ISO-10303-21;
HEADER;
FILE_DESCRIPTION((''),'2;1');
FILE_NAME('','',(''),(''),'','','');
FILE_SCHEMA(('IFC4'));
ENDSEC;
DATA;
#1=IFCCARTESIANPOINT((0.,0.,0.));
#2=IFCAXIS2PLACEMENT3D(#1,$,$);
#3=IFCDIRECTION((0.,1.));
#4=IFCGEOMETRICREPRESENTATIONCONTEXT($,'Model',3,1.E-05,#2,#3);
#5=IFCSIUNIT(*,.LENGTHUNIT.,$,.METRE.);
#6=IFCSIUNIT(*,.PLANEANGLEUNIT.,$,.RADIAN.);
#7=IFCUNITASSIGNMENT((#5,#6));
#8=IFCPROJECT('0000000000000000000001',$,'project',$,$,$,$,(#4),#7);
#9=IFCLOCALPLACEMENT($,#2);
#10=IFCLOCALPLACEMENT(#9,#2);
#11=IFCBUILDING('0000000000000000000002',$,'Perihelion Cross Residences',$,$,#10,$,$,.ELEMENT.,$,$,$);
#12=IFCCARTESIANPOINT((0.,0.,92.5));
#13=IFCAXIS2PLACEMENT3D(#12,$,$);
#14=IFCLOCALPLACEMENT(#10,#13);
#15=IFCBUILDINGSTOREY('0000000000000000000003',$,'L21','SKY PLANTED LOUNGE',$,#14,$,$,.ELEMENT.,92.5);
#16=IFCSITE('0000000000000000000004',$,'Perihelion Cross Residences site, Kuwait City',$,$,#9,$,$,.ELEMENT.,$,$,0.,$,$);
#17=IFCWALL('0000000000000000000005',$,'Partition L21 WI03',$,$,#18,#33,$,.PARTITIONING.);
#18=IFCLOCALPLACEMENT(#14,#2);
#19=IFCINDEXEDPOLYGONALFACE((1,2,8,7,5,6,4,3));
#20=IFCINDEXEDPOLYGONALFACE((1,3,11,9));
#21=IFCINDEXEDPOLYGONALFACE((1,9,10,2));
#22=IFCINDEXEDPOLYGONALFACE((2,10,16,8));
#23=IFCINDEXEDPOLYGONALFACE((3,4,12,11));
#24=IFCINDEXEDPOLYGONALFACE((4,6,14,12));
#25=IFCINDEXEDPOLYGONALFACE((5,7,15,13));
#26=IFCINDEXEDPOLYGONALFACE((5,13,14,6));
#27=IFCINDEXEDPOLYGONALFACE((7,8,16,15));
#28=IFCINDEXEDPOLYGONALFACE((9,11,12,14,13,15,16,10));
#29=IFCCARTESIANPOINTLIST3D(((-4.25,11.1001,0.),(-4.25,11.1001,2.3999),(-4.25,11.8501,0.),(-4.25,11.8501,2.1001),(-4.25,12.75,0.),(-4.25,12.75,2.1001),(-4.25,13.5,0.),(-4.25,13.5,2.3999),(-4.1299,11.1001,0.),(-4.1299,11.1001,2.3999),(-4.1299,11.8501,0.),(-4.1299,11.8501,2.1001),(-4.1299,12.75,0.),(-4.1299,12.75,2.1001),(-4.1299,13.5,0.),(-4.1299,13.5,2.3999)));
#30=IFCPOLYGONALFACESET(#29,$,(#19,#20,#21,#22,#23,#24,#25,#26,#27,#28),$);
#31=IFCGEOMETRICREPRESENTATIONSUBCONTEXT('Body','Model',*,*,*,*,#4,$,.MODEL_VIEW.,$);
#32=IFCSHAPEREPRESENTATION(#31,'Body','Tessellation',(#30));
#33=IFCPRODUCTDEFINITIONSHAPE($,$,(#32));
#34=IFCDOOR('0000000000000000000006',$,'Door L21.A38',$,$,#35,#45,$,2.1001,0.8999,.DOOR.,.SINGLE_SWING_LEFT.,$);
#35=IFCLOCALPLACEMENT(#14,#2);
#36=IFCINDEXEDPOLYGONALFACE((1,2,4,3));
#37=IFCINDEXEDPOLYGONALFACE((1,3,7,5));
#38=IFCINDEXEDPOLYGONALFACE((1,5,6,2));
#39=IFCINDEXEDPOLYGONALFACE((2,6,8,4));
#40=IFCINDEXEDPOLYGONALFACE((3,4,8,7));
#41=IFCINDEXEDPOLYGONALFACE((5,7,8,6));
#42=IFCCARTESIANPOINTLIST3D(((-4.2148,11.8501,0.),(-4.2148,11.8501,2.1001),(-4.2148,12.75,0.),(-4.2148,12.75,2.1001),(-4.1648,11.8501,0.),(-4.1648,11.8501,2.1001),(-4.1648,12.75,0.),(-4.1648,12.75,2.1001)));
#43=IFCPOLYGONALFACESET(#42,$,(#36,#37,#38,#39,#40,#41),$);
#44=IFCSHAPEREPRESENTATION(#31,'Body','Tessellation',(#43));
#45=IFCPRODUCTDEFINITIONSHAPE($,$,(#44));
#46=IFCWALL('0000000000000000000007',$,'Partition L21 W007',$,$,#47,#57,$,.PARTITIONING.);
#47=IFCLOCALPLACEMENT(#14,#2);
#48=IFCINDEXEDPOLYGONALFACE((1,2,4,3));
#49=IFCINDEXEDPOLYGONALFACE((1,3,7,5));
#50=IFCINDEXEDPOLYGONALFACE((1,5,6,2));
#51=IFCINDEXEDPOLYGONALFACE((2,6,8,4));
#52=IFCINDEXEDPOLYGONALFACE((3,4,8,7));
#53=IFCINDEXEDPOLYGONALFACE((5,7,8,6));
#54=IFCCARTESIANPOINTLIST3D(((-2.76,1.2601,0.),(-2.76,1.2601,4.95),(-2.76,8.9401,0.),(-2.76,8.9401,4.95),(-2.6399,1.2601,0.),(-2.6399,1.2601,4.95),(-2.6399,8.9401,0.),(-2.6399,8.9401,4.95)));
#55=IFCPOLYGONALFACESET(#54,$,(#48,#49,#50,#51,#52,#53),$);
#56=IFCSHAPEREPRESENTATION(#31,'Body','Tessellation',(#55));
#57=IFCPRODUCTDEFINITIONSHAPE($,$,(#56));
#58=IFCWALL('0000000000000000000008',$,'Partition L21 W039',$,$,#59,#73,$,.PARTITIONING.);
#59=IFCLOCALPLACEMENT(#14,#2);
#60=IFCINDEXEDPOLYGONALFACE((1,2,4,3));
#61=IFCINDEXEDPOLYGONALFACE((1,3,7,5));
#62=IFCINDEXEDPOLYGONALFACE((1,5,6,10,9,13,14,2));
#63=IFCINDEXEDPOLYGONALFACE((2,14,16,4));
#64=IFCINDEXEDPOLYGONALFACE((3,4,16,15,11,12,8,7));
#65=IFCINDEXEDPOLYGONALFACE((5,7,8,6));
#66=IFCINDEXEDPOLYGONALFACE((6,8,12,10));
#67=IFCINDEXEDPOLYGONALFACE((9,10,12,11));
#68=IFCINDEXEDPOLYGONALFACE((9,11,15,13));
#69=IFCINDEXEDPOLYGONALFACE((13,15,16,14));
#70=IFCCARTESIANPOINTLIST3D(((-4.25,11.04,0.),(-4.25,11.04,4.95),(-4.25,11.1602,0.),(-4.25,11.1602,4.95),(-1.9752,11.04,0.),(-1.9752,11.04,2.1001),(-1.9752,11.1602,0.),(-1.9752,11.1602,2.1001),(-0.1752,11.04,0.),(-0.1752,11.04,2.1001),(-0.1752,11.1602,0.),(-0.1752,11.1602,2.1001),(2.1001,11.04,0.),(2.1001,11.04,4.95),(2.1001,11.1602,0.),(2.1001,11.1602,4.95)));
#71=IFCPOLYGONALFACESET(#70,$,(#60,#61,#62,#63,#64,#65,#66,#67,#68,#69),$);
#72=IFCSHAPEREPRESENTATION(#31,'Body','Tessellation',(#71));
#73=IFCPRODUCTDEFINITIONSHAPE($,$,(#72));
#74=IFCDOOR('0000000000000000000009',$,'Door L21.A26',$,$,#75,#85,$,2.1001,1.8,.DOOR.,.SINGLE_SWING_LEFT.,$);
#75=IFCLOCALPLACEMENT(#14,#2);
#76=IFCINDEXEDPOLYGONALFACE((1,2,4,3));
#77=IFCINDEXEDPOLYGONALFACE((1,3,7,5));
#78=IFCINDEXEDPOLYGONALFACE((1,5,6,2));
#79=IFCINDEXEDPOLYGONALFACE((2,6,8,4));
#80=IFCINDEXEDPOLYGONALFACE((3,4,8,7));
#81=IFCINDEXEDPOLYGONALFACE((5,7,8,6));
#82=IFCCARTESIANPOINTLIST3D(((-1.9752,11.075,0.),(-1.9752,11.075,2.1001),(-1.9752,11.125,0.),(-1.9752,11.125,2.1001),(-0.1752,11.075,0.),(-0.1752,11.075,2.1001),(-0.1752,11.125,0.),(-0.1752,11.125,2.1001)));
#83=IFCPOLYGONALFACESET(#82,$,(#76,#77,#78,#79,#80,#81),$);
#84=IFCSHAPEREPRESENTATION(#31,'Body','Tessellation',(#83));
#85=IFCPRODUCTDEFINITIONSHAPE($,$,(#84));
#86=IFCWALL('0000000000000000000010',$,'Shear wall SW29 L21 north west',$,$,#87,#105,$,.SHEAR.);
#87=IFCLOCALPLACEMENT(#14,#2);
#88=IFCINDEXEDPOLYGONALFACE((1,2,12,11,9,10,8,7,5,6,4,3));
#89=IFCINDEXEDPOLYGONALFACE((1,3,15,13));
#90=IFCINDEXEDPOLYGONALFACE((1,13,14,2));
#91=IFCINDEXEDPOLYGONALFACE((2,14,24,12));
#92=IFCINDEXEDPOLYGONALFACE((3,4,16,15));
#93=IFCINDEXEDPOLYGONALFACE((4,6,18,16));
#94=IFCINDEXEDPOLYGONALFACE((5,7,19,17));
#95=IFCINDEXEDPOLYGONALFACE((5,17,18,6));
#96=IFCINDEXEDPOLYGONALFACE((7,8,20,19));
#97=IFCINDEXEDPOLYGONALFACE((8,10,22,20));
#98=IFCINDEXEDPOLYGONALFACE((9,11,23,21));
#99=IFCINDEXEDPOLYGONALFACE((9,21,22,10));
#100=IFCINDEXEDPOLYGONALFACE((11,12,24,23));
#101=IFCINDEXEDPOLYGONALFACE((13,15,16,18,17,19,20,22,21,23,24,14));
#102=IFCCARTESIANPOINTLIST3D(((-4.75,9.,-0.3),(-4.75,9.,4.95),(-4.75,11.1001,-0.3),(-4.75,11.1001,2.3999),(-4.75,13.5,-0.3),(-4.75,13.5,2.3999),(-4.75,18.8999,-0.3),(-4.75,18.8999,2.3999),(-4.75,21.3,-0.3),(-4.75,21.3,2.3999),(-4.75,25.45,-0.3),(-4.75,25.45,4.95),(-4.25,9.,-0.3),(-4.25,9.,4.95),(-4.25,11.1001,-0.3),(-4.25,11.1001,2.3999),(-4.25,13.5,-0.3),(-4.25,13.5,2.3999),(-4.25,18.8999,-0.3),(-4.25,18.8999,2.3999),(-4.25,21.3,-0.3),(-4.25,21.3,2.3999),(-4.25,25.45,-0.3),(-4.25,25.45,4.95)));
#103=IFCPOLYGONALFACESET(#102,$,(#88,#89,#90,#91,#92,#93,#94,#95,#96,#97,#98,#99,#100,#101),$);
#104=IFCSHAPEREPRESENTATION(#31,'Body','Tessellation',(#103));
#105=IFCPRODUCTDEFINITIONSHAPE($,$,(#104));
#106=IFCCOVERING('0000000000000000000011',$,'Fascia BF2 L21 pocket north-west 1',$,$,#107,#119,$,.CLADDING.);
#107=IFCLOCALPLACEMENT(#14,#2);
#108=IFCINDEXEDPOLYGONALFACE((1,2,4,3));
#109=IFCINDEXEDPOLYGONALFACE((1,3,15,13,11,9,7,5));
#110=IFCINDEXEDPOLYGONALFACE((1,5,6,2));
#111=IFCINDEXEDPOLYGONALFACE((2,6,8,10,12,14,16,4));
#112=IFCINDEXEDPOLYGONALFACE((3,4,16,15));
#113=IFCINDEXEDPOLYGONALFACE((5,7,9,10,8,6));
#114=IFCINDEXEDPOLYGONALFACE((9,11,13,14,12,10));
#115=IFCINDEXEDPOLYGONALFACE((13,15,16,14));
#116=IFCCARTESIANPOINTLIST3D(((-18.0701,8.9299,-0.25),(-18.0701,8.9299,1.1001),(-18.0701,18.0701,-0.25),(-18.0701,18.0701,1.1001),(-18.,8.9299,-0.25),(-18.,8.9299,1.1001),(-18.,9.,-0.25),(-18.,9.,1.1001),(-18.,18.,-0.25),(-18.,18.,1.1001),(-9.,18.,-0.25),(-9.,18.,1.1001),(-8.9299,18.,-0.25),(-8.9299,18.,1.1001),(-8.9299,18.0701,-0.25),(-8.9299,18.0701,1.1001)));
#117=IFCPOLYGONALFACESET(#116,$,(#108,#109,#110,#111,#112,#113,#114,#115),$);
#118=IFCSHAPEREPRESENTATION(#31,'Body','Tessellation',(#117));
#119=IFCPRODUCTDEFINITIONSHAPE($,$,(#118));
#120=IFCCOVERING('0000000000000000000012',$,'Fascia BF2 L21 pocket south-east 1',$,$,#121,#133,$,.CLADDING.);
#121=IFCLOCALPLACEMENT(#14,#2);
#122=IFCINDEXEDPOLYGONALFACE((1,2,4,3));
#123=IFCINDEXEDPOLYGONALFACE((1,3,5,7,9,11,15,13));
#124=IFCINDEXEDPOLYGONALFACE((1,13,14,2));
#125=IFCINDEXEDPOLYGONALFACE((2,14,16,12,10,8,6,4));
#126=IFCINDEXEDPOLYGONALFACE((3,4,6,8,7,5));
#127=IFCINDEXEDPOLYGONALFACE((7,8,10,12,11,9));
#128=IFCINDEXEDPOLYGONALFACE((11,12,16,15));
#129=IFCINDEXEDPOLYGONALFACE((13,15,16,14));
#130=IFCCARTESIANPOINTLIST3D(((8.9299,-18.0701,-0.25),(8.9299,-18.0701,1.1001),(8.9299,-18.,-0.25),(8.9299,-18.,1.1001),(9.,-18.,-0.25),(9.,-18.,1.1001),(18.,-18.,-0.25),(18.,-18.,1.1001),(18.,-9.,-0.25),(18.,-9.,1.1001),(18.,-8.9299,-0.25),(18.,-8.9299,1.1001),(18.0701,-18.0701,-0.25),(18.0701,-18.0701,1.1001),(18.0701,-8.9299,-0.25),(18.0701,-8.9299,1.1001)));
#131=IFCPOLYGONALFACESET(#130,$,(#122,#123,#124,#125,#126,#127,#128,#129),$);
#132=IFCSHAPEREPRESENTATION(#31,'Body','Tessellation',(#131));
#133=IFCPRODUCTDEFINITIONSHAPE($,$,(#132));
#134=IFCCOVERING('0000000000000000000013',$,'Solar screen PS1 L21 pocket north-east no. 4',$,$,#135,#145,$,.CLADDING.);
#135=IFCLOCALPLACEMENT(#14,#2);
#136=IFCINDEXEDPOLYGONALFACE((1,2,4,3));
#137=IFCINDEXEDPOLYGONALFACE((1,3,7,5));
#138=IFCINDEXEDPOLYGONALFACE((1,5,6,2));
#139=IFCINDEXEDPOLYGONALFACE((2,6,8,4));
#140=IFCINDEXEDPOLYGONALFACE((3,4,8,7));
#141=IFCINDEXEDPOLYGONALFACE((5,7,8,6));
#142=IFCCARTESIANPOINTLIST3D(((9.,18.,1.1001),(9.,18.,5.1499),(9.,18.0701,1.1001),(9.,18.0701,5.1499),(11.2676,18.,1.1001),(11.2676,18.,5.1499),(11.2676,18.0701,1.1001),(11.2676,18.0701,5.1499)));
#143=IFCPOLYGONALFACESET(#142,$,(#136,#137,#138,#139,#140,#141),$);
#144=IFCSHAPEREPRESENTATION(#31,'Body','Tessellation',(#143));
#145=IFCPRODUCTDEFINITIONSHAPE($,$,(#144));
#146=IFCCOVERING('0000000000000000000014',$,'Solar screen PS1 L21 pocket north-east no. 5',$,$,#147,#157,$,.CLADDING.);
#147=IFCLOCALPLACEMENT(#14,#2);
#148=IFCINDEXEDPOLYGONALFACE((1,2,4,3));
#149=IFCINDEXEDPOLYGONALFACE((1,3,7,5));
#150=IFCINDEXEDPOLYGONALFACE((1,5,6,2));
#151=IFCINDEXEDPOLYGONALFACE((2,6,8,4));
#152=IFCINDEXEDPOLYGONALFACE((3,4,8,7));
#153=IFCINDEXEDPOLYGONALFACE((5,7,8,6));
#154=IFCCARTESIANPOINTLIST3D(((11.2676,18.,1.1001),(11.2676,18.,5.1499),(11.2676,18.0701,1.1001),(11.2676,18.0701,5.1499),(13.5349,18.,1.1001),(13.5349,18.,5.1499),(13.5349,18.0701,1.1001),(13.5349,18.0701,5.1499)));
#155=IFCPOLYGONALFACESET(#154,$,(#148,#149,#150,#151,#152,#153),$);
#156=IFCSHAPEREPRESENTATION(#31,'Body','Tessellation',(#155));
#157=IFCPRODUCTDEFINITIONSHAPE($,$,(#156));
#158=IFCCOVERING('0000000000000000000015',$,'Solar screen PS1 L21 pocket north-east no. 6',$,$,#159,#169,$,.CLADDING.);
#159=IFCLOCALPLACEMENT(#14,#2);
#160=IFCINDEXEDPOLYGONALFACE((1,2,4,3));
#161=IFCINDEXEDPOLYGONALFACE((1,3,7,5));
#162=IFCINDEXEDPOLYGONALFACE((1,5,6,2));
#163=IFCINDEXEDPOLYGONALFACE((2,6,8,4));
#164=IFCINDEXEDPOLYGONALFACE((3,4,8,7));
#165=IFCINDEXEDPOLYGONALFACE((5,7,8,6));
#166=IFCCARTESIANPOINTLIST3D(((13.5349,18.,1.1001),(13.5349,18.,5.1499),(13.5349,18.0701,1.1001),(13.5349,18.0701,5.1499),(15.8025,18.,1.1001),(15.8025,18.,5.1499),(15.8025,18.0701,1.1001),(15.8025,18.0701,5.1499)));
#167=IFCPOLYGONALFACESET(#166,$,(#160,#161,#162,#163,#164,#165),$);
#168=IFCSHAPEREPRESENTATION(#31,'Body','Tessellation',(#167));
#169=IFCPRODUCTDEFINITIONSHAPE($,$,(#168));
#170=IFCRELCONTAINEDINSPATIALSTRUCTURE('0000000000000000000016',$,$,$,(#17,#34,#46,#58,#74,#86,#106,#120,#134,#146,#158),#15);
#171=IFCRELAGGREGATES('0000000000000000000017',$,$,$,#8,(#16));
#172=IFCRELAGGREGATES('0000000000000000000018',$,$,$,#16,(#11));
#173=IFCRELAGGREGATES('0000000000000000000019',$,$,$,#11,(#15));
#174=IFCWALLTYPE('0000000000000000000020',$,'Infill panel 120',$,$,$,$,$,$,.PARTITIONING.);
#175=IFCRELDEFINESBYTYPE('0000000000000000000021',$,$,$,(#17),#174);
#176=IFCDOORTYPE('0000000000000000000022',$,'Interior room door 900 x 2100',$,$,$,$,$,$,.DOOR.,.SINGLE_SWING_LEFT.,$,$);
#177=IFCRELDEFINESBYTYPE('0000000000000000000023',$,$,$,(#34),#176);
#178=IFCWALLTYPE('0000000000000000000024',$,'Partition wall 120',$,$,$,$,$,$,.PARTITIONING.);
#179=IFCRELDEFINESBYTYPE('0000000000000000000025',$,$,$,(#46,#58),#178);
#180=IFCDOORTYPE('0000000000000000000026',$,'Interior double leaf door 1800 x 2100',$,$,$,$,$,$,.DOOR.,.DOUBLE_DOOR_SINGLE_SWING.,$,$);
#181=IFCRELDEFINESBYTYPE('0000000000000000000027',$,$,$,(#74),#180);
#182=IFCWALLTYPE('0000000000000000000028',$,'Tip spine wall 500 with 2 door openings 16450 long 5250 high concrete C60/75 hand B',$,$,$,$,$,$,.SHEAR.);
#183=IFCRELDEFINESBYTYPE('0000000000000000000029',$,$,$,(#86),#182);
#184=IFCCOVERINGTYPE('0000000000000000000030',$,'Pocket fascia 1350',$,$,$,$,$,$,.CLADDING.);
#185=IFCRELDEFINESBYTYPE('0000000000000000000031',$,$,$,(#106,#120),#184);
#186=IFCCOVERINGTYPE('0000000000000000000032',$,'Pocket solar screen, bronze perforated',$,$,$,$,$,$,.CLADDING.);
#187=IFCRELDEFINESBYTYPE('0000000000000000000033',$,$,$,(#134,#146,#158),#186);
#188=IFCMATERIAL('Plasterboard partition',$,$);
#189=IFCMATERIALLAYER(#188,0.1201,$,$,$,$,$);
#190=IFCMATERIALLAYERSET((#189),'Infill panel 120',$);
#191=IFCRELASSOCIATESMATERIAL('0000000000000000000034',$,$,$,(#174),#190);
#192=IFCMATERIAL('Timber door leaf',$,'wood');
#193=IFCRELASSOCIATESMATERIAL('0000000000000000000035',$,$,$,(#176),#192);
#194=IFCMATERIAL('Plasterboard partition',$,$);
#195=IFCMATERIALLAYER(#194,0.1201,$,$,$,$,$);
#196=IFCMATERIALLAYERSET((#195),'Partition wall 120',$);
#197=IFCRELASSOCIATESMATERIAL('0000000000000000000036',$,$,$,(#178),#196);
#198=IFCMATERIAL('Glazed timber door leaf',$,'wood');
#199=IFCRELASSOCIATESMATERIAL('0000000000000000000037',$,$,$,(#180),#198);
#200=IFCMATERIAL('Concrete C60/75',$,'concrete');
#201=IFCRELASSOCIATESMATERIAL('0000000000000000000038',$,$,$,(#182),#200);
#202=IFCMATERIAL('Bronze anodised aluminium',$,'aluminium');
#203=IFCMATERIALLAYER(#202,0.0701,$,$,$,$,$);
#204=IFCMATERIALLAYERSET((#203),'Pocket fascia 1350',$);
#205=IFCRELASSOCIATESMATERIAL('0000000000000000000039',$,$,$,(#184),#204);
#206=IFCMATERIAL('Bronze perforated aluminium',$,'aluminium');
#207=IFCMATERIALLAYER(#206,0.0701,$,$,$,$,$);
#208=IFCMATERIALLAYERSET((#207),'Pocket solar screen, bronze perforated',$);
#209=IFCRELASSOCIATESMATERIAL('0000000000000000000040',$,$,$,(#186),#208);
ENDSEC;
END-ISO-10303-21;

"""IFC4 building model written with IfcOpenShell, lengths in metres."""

from ifc_helpers import new_model, si_unit, direction, frame, frame_2d, origin, place, context, subcontext, project, spatial, polyline, rectangle, outline, extrude, material, layer, layer_set, material_profile, profile_set, type_object, element, fill, save


model = new_model("IFC4")

# Units and contexts
model_context = context("Model", 3, precision=1e-05, world=origin(), true_north=direction((0.0, 1.0)))
body_context = subcontext(model_context, "Body", "Model", "MODEL_VIEW")
ifc_project = project(units=[si_unit("LENGTHUNIT", "METRE"), si_unit("PLANEANGLEUNIT", "RADIAN")], contexts=[model_context])

# Site, building, storey
site_placement = place(None, origin())
site = spatial("IfcSite", under=ifc_project, at=site_placement, Name="Perihelion Cross Residences site, Kuwait City", CompositionType="ELEMENT", RefElevation=0.0)
building_placement = place(site_placement, origin())
building = spatial("IfcBuilding", under=site, at=building_placement, Name="Perihelion Cross Residences", CompositionType="ELEMENT")
storey_placement = place(building_placement, frame((0.0, 0.0, 92.5)))
storey = spatial("IfcBuildingStorey", under=building, at=storey_placement, Name="L21", Description="SKY PLANTED LOUNGE", CompositionType="ELEMENT", Elevation=92.5)

# Wall, opening, door
ifc_material_1 = material(Name="Plasterboard partition")
ifc_layer_1 = layer(ifc_material_1, 0.1201)
ifc_layer_set_1 = layer_set([ifc_layer_1], Name="Infill panel 120")
wall_type_1 = type_object("IfcWallType", Name="Infill panel 120", PredefinedType="PARTITIONING", material=ifc_layer_set_1)
wall_1_placement = place(storey_placement, frame((-4.1899, 11.1001, 0.0), z_axis=(0.0, 0.0, 1.0), x_axis=(0.0, 1.0, 0.0)))
wall_1 = element("IfcWall", 1, at=wall_1_placement, inside=storey, type_object=wall_type_1, Name="Partition L21 WI03", PredefinedType="PARTITIONING", context=body_context, shape_type="SweptSolid", body=[
    extrude(rectangle(XDim=2.3999, YDim=0.1201, at=frame_2d((1.2, 0.0))), origin(), (0.0, 0.0, 1.0), 2.3999),
])
opening_1_placement = place(wall_1_placement, frame((0.75, 0.0, 0.0)))
opening_1 = element("IfcOpeningElement", 2, at=opening_1_placement, cuts=wall_1, PredefinedType="OPENING", context=body_context, shape_type="SweptSolid", body=[
    extrude(rectangle(XDim=0.8999, YDim=2.1001, at=frame_2d((0.45, 1.05))), frame((0.0, 0.0701, 0.0), z_axis=(0.0, -1.0, 0.0), x_axis=(1.0, 0.0, 0.0)), (0.0, 0.0, 1.0), 0.1401),
])
ifc_material_2 = material(Name="Timber door leaf", Category="wood")
door_type_1 = type_object("IfcDoorType", Name="Interior room door 900 x 2100", OperationType="SINGLE_SWING_LEFT", PredefinedType="DOOR", material=ifc_material_2)
door_1_placement = place(opening_1_placement, origin())
door_1 = element("IfcDoor", 3, at=door_1_placement, inside=storey, type_object=door_type_1, Name="Door L21.A38", OperationType="SINGLE_SWING_LEFT", OverallHeight=2.1001, OverallWidth=0.8999, PredefinedType="DOOR", context=body_context, shape_type="SweptSolid", body=[
    extrude(rectangle(XDim=0.8999, YDim=2.1001, at=frame_2d((0.45, 1.05))), frame((0.0, 0.0249, 0.0), z_axis=(0.0, -1.0, 0.0), x_axis=(1.0, 0.0, 0.0)), (0.0, 0.0, 1.0), 0.05),
])
fill(opening_1, door_1)

# Wall
ifc_material_3 = material(Name="Plasterboard partition")
ifc_layer_2 = layer(ifc_material_3, 0.1201)
ifc_layer_set_2 = layer_set([ifc_layer_2], Name="Partition wall 120")
wall_type_2 = type_object("IfcWallType", Name="Partition wall 120", PredefinedType="PARTITIONING", material=ifc_layer_set_2)
wall_2_placement = place(storey_placement, frame((-2.7, 8.9399, 0.0), z_axis=(0.0, 0.0, 1.0), x_axis=(0.0, -1.0, 0.0)))
element("IfcWall", 4, at=wall_2_placement, inside=storey, type_object=wall_type_2, Name="Partition L21 W007", PredefinedType="PARTITIONING", context=body_context, shape_type="SweptSolid", body=[
    extrude(rectangle(XDim=7.6799, YDim=0.1201, at=frame_2d((3.8398, 0.0))), origin(), (0.0, 0.0, 1.0), 4.95),
])

# Wall, opening, door
wall_3_placement = place(storey_placement, frame((-4.25, 11.1001, 0.0), z_axis=(0.0, 0.0, 1.0), x_axis=(1.0, 0.0, 0.0)))
wall_3 = element("IfcWall", 5, at=wall_3_placement, inside=storey, type_object=wall_type_2, Name="Partition L21 W039", PredefinedType="PARTITIONING", context=body_context, shape_type="SweptSolid", body=[
    extrude(rectangle(XDim=6.3501, YDim=0.1201, at=frame_2d((3.175, 0.0))), origin(), (0.0, 0.0, 1.0), 4.95),
])
opening_2_placement = place(wall_3_placement, frame((2.2749, 0.0, 0.0)))
opening_2 = element("IfcOpeningElement", 6, at=opening_2_placement, cuts=wall_3, PredefinedType="OPENING", context=body_context, shape_type="SweptSolid", body=[
    extrude(rectangle(XDim=1.8, YDim=2.1001, at=frame_2d((0.8999, 1.05))), frame((0.0, 0.0701, 0.0), z_axis=(0.0, -1.0, 0.0), x_axis=(1.0, 0.0, 0.0)), (0.0, 0.0, 1.0), 0.1401),
])
ifc_material_4 = material(Name="Glazed timber door leaf", Category="wood")
door_type_2 = type_object("IfcDoorType", Name="Interior double leaf door 1800 x 2100", OperationType="DOUBLE_DOOR_SINGLE_SWING", PredefinedType="DOOR", material=ifc_material_4)
door_2_placement = place(opening_2_placement, origin())
door_2 = element("IfcDoor", 7, at=door_2_placement, inside=storey, type_object=door_type_2, Name="Door L21.A26", OperationType="SINGLE_SWING_LEFT", OverallHeight=2.1001, OverallWidth=1.8, PredefinedType="DOOR", context=body_context, shape_type="SweptSolid", body=[
    extrude(rectangle(XDim=1.8, YDim=2.1001, at=frame_2d((0.8999, 1.05))), frame((0.0, 0.0249, 0.0), z_axis=(0.0, -1.0, 0.0), x_axis=(1.0, 0.0, 0.0)), (0.0, 0.0, 1.0), 0.05),
])
fill(opening_2, door_2)

# Wall
ifc_material_5 = material(Name="Concrete C60/75", Category="concrete")
ifc_material_profile_1 = material_profile(ifc_material_5, outline(polyline([(0.0, 0.0), (2.1001, 0.0), (2.1001, 2.7), (4.5, 2.7), (4.5, 0.0), (9.8999, 0.0), (9.8999, 2.7), (12.3, 2.7), (12.3, 0.0), (16.45, 0.0), (16.45, 5.25), (0.0, 5.25), (0.0, 0.0)])), Name="Tip spine wall")
ifc_profile_set_1 = profile_set([ifc_material_profile_1], Name="Concrete C60/75")
wall_type_3 = type_object("IfcWallType", Name="Tip spine wall 500 with 2 door openings 16450 long 5250 high concrete C60/75 hand B", PredefinedType="SHEAR", material=ifc_profile_set_1)
wall_4_placement = place(storey_placement, frame((-4.75, 9.0, -0.3), z_axis=(1.0, 0.0, 0.0), x_axis=(0.0, 1.0, 0.0)))
element("IfcWall", 8, at=wall_4_placement, inside=storey, type_object=wall_type_3, Name="Shear wall SW29 L21 north west", PredefinedType="SHEAR", context=body_context, shape_type="SweptSolid", body=[
    extrude(outline(polyline([(0.0, 0.0), (2.1001, 0.0), (2.1001, 2.7), (4.5, 2.7), (4.5, 0.0), (9.8999, 0.0), (9.8999, 2.7), (12.3, 2.7), (12.3, 0.0), (16.45, 0.0), (16.45, 5.25), (0.0, 5.25), (0.0, 0.0)])), origin(), (0.0, 0.0, 1.0), 0.5),
])

# Coverings
ifc_material_6 = material(Name="Bronze anodised aluminium", Category="aluminium")
ifc_layer_3 = layer(ifc_material_6, 0.0701)
ifc_layer_set_3 = layer_set([ifc_layer_3], Name="Pocket fascia 1350")
covering_type_1 = type_object("IfcCoveringType", Name="Pocket fascia 1350", PredefinedType="CLADDING", material=ifc_layer_set_3)
covering_1_placement = place(storey_placement, frame((0.0, 0.0, -0.25)))
element("IfcCovering", 9, at=covering_1_placement, inside=storey, type_object=covering_type_1, Name="Fascia BF2 L21 pocket north-west 1", PredefinedType="CLADDING", context=body_context, shape_type="SweptSolid", body=[
    extrude(outline(polyline([(-18.0701, 8.9299), (-18.0, 8.9299), (-18.0, 9.0), (-18.0, 9.0), (-18.0, 18.0), (-9.0, 18.0), (-9.0, 18.0), (-8.9299, 18.0), (-8.9299, 18.0701), (-18.0701, 18.0701), (-18.0701, 8.9299)])), origin(), (0.0, 0.0, 1.0), 1.3501),
])
covering_2_placement = place(storey_placement, frame((0.0, 0.0, -0.25)))
element("IfcCovering", 10, at=covering_2_placement, inside=storey, type_object=covering_type_1, Name="Fascia BF2 L21 pocket south-east 1", PredefinedType="CLADDING", context=body_context, shape_type="SweptSolid", body=[
    extrude(outline(polyline([(8.9299, -18.0701), (18.0701, -18.0701), (18.0701, -8.9299), (18.0, -8.9299), (18.0, -9.0), (18.0, -9.0), (18.0, -18.0), (9.0, -18.0), (9.0, -18.0), (8.9299, -18.0), (8.9299, -18.0701)])), origin(), (0.0, 0.0, 1.0), 1.3501),
])
ifc_material_7 = material(Name="Bronze perforated aluminium", Category="aluminium")
ifc_layer_4 = layer(ifc_material_7, 0.0701)
ifc_layer_set_4 = layer_set([ifc_layer_4], Name="Pocket solar screen, bronze perforated")
covering_type_2 = type_object("IfcCoveringType", Name="Pocket solar screen, bronze perforated", PredefinedType="CLADDING", material=ifc_layer_set_4)
covering_3_placement = place(storey_placement, frame((0.0, 0.0, 1.1001)))
element("IfcCovering", 11, at=covering_3_placement, inside=storey, type_object=covering_type_2, Name="Solar screen PS1 L21 pocket north-east no. 4", PredefinedType="CLADDING", context=body_context, shape_type="SweptSolid", body=[
    extrude(outline(polyline([(11.2676, 18.0), (11.2676, 18.0701), (9.0, 18.0701), (9.0, 18.0), (11.2676, 18.0)])), origin(), (0.0, 0.0, 1.0), 4.0498),
])
covering_4_placement = place(storey_placement, frame((0.0, 0.0, 1.1001)))
element("IfcCovering", 12, at=covering_4_placement, inside=storey, type_object=covering_type_2, Name="Solar screen PS1 L21 pocket north-east no. 5", PredefinedType="CLADDING", context=body_context, shape_type="SweptSolid", body=[
    extrude(outline(polyline([(13.5349, 18.0), (13.5349, 18.0701), (11.2676, 18.0701), (11.2676, 18.0), (13.5349, 18.0)])), origin(), (0.0, 0.0, 1.0), 4.0498),
])
covering_5_placement = place(storey_placement, frame((0.0, 0.0, 1.1001)))
element("IfcCovering", 13, at=covering_5_placement, inside=storey, type_object=covering_type_2, Name="Solar screen PS1 L21 pocket north-east no. 6", PredefinedType="CLADDING", context=body_context, shape_type="SweptSolid", body=[
    extrude(outline(polyline([(15.8025, 18.0), (15.8025, 18.0701), (13.5349, 18.0701), (13.5349, 18.0), (15.8025, 18.0)])), origin(), (0.0, 0.0, 1.0), 4.0498),
])

save(model, "model.ifc")
